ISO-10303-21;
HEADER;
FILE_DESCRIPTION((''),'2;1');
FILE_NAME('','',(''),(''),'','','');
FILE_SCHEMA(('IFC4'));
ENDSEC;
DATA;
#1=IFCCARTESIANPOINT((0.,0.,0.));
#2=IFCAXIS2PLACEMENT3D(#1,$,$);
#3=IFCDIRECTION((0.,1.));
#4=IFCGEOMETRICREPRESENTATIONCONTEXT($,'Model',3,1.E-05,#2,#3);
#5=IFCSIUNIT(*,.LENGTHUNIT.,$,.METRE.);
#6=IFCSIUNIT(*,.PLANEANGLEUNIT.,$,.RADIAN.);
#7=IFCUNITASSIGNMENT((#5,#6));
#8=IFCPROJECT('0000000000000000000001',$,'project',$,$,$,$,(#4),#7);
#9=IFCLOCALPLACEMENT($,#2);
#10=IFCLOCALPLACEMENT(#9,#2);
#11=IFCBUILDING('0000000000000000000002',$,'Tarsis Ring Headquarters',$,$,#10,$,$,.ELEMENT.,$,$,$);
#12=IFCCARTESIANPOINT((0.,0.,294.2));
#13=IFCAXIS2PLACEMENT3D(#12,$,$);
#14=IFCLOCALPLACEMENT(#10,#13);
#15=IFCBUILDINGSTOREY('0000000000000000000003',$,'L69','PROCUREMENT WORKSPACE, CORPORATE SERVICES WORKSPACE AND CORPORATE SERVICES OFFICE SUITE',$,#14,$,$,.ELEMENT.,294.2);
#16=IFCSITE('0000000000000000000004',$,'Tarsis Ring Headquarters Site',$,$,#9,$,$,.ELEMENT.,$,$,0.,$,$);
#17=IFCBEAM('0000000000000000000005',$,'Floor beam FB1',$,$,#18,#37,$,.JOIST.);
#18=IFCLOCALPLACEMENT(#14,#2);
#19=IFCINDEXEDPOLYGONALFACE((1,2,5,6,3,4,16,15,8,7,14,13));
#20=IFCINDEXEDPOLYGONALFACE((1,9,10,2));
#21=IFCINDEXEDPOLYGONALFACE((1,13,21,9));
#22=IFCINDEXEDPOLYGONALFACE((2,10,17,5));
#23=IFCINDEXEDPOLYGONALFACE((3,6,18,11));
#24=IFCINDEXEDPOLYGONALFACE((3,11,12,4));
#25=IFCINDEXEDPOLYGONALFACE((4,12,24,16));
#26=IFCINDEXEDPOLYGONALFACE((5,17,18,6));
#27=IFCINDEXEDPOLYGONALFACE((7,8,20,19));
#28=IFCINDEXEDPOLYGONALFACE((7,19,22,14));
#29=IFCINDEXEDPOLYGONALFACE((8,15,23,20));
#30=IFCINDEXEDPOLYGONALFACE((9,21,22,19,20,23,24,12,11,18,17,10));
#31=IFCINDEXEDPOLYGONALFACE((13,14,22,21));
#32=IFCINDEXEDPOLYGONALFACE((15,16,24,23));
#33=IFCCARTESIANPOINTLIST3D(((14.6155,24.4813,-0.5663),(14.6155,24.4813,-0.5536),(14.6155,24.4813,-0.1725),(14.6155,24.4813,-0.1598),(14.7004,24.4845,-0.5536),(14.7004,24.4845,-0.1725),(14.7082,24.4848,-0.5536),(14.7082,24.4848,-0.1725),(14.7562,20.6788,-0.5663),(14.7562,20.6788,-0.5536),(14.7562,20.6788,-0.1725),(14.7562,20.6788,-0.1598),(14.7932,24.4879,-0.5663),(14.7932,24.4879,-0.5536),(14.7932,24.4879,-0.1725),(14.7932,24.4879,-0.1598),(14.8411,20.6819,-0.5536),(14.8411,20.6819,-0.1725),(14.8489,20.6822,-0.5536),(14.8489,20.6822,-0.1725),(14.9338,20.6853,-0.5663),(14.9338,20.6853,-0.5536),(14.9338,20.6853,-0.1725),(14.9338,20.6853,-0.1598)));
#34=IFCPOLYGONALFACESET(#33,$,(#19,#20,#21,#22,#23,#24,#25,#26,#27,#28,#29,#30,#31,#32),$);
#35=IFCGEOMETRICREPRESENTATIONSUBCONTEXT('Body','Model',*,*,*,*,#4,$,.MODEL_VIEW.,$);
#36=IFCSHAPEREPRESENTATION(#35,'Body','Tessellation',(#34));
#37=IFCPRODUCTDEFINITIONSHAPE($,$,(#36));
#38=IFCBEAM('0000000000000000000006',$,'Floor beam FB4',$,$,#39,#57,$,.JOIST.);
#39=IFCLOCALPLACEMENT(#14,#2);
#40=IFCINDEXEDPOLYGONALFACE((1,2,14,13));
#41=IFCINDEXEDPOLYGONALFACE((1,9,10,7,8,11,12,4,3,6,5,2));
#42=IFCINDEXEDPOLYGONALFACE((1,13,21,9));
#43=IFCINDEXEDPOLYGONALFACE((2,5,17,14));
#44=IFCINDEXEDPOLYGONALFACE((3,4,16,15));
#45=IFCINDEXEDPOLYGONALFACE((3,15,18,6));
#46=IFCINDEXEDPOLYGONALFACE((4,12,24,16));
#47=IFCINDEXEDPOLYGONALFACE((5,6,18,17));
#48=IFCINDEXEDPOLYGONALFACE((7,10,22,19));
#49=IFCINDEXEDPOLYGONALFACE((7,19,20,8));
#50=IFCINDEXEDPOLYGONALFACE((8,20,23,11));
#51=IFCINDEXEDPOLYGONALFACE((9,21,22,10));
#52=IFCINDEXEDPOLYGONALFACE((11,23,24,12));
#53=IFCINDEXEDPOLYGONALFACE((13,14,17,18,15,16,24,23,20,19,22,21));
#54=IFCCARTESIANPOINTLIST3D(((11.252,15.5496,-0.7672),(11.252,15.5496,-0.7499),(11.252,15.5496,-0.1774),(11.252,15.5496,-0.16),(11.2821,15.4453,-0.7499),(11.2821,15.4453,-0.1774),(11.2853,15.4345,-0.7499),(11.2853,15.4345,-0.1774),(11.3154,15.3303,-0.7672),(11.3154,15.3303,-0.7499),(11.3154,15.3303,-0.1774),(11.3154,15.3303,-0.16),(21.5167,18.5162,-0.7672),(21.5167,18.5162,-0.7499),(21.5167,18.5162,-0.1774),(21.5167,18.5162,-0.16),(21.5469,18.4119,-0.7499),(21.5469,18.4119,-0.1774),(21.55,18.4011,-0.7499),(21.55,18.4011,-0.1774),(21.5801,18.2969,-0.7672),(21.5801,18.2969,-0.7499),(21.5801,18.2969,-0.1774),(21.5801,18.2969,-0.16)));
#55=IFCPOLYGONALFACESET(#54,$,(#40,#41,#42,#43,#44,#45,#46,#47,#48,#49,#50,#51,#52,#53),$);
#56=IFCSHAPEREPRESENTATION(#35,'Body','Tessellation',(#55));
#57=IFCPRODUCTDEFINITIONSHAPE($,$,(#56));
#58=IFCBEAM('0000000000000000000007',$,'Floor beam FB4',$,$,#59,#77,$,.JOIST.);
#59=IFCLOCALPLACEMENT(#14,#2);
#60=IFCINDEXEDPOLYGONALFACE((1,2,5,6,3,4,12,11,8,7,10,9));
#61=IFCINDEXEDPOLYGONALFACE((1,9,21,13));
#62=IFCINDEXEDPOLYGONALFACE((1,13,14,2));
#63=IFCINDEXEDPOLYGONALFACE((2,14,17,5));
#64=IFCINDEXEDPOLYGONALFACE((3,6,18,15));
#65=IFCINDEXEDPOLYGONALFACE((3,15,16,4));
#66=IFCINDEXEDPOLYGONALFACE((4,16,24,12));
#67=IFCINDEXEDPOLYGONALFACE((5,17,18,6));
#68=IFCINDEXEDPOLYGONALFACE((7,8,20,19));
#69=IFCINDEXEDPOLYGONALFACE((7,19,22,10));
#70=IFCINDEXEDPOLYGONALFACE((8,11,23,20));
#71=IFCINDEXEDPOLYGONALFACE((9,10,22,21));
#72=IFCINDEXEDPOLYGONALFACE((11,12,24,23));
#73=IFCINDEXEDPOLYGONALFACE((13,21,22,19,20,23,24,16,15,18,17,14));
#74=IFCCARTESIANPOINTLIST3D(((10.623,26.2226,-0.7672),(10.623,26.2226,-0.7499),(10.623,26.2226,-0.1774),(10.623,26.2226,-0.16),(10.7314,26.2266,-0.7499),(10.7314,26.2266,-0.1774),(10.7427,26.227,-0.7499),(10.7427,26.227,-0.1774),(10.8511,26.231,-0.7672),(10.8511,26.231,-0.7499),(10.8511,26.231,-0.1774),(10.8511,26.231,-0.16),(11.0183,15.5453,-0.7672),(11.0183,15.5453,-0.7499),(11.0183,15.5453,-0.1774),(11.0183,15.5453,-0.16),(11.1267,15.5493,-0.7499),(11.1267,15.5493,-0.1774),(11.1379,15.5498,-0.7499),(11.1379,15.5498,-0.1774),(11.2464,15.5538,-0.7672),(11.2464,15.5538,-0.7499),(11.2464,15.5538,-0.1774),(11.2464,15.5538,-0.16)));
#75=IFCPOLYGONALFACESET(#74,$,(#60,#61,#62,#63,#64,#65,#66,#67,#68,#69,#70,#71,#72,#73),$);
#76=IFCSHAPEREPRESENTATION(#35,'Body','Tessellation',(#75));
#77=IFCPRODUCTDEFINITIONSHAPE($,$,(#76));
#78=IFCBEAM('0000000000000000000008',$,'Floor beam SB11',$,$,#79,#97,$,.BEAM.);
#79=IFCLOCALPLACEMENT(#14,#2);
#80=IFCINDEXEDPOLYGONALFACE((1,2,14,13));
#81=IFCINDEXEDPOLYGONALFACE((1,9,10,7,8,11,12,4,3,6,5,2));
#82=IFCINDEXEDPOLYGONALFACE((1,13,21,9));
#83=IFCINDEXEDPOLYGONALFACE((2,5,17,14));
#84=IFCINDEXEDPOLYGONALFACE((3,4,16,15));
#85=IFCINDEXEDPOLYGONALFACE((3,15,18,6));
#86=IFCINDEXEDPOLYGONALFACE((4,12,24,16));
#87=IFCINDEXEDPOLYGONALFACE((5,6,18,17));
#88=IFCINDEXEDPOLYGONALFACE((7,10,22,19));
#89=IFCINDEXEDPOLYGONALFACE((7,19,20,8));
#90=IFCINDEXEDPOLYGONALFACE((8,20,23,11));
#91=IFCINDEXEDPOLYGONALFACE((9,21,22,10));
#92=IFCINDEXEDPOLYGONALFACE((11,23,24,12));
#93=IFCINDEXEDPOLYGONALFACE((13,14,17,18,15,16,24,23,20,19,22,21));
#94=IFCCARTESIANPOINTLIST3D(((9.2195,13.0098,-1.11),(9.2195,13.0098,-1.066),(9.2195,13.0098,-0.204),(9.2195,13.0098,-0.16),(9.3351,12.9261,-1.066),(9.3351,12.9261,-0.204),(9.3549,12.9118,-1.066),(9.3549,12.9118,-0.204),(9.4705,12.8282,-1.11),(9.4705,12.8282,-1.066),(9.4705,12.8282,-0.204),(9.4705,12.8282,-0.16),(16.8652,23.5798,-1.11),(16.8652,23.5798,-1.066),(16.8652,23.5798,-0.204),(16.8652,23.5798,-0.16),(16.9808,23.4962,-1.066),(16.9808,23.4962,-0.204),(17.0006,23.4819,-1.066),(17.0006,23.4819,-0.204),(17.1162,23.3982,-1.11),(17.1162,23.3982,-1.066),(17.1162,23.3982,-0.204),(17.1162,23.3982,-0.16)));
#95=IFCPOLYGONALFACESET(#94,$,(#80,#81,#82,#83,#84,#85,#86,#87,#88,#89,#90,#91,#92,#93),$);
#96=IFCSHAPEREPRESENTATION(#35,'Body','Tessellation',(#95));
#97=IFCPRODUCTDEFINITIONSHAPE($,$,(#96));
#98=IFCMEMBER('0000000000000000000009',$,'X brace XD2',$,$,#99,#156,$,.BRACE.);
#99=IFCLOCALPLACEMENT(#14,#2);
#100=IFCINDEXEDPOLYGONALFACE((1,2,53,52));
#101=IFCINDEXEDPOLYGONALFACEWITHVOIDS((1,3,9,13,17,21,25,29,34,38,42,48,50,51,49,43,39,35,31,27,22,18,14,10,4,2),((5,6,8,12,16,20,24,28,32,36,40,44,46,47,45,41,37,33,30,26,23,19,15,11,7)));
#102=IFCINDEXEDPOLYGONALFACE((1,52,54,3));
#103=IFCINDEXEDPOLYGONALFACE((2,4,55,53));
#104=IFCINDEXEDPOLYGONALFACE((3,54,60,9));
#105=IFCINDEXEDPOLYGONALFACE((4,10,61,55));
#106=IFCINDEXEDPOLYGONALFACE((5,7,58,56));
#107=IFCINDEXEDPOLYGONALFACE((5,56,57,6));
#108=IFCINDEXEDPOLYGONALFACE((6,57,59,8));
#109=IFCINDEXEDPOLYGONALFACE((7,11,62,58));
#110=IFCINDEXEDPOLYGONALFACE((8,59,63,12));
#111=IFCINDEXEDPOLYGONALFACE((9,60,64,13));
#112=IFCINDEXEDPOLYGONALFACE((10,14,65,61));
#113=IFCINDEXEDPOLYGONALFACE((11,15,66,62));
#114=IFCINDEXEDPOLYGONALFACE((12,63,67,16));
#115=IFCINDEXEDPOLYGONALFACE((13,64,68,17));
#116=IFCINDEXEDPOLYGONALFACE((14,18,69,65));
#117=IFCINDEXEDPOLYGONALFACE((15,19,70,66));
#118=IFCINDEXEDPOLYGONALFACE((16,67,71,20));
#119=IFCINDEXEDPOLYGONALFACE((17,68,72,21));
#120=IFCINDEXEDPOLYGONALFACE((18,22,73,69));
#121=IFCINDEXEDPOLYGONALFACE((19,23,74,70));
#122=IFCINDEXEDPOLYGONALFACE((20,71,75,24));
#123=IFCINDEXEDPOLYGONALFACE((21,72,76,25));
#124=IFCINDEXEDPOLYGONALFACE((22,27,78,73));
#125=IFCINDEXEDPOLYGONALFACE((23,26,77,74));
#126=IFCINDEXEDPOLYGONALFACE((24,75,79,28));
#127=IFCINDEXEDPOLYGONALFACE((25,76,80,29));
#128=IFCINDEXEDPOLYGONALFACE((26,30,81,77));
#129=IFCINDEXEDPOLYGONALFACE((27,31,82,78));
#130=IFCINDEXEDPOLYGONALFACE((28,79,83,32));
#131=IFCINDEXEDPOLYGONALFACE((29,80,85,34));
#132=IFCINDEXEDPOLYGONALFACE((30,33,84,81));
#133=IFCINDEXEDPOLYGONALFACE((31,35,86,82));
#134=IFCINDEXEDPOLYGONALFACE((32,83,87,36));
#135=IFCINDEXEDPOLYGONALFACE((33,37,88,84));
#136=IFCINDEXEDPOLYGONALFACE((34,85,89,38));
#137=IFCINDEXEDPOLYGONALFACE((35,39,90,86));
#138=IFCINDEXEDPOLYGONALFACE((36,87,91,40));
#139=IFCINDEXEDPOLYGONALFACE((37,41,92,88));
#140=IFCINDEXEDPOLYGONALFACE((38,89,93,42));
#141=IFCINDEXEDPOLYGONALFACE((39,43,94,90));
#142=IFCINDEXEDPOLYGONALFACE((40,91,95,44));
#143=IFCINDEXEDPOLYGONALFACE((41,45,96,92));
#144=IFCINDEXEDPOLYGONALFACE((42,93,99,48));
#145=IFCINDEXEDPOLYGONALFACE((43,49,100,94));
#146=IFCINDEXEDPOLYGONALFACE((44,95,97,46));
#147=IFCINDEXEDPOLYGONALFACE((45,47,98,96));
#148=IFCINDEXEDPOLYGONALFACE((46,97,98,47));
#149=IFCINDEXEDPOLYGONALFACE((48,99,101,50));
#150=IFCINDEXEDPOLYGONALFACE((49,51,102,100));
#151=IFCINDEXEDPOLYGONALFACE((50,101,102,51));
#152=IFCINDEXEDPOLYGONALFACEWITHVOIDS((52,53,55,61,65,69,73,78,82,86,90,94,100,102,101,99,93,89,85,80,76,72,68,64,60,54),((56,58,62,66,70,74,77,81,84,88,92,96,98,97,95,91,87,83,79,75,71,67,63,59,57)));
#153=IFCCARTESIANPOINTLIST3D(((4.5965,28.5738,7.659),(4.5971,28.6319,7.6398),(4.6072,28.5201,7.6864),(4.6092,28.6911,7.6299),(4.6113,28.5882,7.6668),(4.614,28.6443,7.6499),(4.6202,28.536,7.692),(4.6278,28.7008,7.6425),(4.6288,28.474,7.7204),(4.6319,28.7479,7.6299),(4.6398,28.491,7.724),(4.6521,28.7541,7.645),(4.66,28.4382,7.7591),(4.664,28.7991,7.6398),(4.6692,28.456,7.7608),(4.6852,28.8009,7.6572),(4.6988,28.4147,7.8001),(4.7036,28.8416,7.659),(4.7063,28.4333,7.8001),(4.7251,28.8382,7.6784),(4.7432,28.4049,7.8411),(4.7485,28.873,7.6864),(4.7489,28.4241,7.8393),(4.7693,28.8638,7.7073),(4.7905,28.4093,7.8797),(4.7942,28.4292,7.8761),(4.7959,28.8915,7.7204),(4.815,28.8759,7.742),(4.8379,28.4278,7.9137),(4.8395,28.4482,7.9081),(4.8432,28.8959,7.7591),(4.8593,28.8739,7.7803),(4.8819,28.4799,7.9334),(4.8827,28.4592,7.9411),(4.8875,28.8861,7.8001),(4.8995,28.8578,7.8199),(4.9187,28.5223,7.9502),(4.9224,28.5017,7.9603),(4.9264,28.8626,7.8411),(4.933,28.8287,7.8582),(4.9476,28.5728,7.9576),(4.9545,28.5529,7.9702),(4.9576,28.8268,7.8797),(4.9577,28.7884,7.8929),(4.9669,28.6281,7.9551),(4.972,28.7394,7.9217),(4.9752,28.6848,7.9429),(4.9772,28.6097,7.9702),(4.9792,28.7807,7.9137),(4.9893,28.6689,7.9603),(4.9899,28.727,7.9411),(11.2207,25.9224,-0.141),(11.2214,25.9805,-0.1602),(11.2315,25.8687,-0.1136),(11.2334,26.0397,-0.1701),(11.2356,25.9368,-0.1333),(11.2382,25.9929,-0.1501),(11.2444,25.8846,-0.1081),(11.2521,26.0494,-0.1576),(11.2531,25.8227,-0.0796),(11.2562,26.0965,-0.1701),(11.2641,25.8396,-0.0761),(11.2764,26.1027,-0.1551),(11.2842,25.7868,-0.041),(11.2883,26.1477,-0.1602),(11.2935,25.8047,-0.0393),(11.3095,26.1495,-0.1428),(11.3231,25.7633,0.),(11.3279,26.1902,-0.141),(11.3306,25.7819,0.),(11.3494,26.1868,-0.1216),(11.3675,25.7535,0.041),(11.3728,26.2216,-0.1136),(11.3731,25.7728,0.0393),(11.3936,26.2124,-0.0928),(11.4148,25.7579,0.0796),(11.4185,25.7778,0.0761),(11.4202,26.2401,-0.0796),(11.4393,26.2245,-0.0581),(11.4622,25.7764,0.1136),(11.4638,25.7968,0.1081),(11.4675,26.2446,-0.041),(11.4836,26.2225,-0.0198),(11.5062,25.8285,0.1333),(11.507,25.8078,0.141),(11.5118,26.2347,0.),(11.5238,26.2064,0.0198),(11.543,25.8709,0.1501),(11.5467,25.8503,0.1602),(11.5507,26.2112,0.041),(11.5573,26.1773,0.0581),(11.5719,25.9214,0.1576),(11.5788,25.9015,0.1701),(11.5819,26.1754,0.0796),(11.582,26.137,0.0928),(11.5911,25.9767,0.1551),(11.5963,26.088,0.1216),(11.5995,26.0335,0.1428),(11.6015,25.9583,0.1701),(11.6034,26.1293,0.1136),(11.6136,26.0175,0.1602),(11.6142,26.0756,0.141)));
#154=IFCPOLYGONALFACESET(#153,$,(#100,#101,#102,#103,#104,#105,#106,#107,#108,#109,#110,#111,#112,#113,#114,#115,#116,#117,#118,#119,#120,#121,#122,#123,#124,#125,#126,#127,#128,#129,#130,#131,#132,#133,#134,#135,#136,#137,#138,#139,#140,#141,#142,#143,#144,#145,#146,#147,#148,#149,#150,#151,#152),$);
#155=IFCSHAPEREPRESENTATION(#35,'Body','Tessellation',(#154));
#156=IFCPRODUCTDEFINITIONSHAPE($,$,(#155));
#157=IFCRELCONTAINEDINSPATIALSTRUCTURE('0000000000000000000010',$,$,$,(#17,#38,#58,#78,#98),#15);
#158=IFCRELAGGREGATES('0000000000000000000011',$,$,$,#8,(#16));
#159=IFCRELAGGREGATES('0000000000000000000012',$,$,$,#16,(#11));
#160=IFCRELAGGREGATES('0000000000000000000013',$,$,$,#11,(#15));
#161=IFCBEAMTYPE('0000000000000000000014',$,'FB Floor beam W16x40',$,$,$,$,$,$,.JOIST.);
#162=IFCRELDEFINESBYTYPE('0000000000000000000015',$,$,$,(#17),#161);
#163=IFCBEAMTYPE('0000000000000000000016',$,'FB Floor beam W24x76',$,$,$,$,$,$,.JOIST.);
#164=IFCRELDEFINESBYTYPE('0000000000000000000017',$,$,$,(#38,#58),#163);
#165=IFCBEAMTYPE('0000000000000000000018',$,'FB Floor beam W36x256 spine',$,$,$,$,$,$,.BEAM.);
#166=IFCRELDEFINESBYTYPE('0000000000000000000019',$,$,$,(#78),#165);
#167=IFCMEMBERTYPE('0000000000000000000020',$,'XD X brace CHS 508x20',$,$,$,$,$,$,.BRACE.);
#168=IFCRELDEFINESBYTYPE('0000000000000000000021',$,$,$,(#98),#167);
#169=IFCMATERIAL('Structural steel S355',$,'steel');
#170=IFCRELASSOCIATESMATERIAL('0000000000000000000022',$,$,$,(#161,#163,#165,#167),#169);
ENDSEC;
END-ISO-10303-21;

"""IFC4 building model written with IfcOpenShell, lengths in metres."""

from ifc_helpers import new_model, si_unit, direction, frame, origin, origin_2d, place, context, subcontext, project, spatial, hollow_circle, i_section, extrude, material, material_profile, profile_set, type_object, element, save


model = new_model("IFC4")

# Units and contexts
model_context = context("Model", 3, precision=1e-05, world=origin(), true_north=direction((0.0, 1.0)))
body_context = subcontext(model_context, "Body", "Model", "MODEL_VIEW")
ifc_project = project(units=[si_unit("LENGTHUNIT", "METRE"), si_unit("PLANEANGLEUNIT", "RADIAN")], contexts=[model_context])

# Site, building, storey
site_placement = place(None, origin())
site = spatial("IfcSite", under=ifc_project, at=site_placement, Name="Tarsis Ring Headquarters Site", CompositionType="ELEMENT", RefElevation=0.0)
building_placement = place(site_placement, origin())
building = spatial("IfcBuilding", under=site, at=building_placement, Name="Tarsis Ring Headquarters", CompositionType="ELEMENT")
storey_placement = place(building_placement, frame((0.0, 0.0, 294.2)))
storey = spatial("IfcBuildingStorey", under=building, at=storey_placement, Name="L69", Description="PROCUREMENT WORKSPACE, CORPORATE SERVICES WORKSPACE AND CORPORATE SERVICES OFFICE SUITE", CompositionType="ELEMENT", Elevation=294.2)

# Shared definitions
ifc_material_1 = material(Name="Structural steel S355", Category="steel")

# Beams
ifc_material_profile_1 = material_profile(ifc_material_1, i_section(OverallWidth=0.1777, OverallDepth=0.4065, WebThickness=0.0078, FlangeThickness=0.0127, at=origin_2d()), Name="W16x40")
ifc_profile_set_1 = profile_set([ifc_material_profile_1], Name="Structural steel S355")
beam_type_1 = type_object("IfcBeamType", Name="FB Floor beam W16x40", PredefinedType="JOIST", material=ifc_profile_set_1)
beam_1_placement = place(storey_placement, frame((14.7043, 24.4846, -0.363), z_axis=(0.036957, -0.999317, 0.0), x_axis=(0.999317, 0.036957, 0.0)))
element("IfcBeam", 1, at=beam_1_placement, inside=storey, type_object=beam_type_1, Name="Floor beam FB1", PredefinedType="JOIST", context=body_context, shape_type="SweptSolid", body=[
    extrude(i_section(OverallWidth=0.1777, OverallDepth=0.4065, WebThickness=0.0078, FlangeThickness=0.0127, at=origin_2d()), origin(), (0.0, 0.0, 1.0), 3.8052),
])
ifc_material_profile_2 = material_profile(ifc_material_1, i_section(OverallWidth=0.2283, OverallDepth=0.6072, WebThickness=0.0112, FlangeThickness=0.0173, at=origin_2d()), Name="W24x76")
ifc_profile_set_2 = profile_set([ifc_material_profile_2], Name="Structural steel S355")
beam_type_2 = type_object("IfcBeamType", Name="FB Floor beam W24x76", PredefinedType="JOIST", material=ifc_profile_set_2)
beam_2_placement = place(storey_placement, frame((11.2837, 15.4399, -0.4636), z_axis=(0.960684, 0.277644, 0.0), x_axis=(-0.277644, 0.960684, 0.0)))
element("IfcBeam", 2, at=beam_2_placement, inside=storey, type_object=beam_type_2, Name="Floor beam FB4", PredefinedType="JOIST", context=body_context, shape_type="SweptSolid", body=[
    extrude(i_section(OverallWidth=0.2283, OverallDepth=0.6072, WebThickness=0.0112, FlangeThickness=0.0173, at=origin_2d()), origin(), (0.0, 0.0, 1.0), 10.6848),
])
beam_3_placement = place(storey_placement, frame((10.7371, 26.2268, -0.4636), z_axis=(0.036994, -0.999315, 0.0), x_axis=(0.999315, 0.036994, 0.0)))
element("IfcBeam", 3, at=beam_3_placement, inside=storey, type_object=beam_type_2, Name="Floor beam FB4", PredefinedType="JOIST", context=body_context, shape_type="SweptSolid", body=[
    extrude(i_section(OverallWidth=0.2283, OverallDepth=0.6072, WebThickness=0.0112, FlangeThickness=0.0173, at=origin_2d()), origin(), (0.0, 0.0, 1.0), 10.6846),
])
ifc_material_profile_3 = material_profile(ifc_material_1, i_section(OverallWidth=0.3098, OverallDepth=0.95, WebThickness=0.0244, FlangeThickness=0.0439, at=origin_2d()), Name="W36x256")
ifc_profile_set_3 = profile_set([ifc_material_profile_3], Name="Structural steel S355")
beam_type_3 = type_object("IfcBeamType", Name="FB Floor beam W36x256 spine", PredefinedType="BEAM", material=ifc_profile_set_3)
beam_4_placement = place(storey_placement, frame((16.9907, 23.489, -0.635), z_axis=(-0.586086, -0.810249, 0.0), x_axis=(0.810249, -0.586086, 0.0)))
element("IfcBeam", 4, at=beam_4_placement, inside=storey, type_object=beam_type_3, Name="Floor beam SB11", PredefinedType="BEAM", context=body_context, shape_type="SweptSolid", body=[
    extrude(i_section(OverallWidth=0.3098, OverallDepth=0.95, WebThickness=0.0244, FlangeThickness=0.0439, at=origin_2d()), origin(), (0.0, 0.0, 1.0), 13.0454),
])

# Member
ifc_material_profile_4 = material_profile(ifc_material_1, hollow_circle(Radius=0.2539, WallThickness=0.02, at=origin_2d()), Name="CHS 508x20")
ifc_profile_set_4 = profile_set([ifc_material_profile_4], Name="Structural steel S355")
member_type = type_object("IfcMemberType", Name="XD X brace CHS 508x20", PredefinedType="BRACE", material=ifc_profile_set_4)
member_1_placement = place(storey_placement, frame((11.4175, 25.999, 0.0), z_axis=(-0.62663, 0.250809, 0.737855), x_axis=(-0.371591, -0.928396, 0.0)))
element("IfcMember", 5, at=member_1_placement, inside=storey, type_object=member_type, Name="X brace XD2", PredefinedType="BRACE", context=body_context, shape_type="SweptSolid", body=[
    extrude(hollow_circle(Radius=0.2539, WallThickness=0.02, at=origin_2d()), origin(), (0.0, 0.0, 1.0), 10.5713),
])

save(model, "model.ifc")
